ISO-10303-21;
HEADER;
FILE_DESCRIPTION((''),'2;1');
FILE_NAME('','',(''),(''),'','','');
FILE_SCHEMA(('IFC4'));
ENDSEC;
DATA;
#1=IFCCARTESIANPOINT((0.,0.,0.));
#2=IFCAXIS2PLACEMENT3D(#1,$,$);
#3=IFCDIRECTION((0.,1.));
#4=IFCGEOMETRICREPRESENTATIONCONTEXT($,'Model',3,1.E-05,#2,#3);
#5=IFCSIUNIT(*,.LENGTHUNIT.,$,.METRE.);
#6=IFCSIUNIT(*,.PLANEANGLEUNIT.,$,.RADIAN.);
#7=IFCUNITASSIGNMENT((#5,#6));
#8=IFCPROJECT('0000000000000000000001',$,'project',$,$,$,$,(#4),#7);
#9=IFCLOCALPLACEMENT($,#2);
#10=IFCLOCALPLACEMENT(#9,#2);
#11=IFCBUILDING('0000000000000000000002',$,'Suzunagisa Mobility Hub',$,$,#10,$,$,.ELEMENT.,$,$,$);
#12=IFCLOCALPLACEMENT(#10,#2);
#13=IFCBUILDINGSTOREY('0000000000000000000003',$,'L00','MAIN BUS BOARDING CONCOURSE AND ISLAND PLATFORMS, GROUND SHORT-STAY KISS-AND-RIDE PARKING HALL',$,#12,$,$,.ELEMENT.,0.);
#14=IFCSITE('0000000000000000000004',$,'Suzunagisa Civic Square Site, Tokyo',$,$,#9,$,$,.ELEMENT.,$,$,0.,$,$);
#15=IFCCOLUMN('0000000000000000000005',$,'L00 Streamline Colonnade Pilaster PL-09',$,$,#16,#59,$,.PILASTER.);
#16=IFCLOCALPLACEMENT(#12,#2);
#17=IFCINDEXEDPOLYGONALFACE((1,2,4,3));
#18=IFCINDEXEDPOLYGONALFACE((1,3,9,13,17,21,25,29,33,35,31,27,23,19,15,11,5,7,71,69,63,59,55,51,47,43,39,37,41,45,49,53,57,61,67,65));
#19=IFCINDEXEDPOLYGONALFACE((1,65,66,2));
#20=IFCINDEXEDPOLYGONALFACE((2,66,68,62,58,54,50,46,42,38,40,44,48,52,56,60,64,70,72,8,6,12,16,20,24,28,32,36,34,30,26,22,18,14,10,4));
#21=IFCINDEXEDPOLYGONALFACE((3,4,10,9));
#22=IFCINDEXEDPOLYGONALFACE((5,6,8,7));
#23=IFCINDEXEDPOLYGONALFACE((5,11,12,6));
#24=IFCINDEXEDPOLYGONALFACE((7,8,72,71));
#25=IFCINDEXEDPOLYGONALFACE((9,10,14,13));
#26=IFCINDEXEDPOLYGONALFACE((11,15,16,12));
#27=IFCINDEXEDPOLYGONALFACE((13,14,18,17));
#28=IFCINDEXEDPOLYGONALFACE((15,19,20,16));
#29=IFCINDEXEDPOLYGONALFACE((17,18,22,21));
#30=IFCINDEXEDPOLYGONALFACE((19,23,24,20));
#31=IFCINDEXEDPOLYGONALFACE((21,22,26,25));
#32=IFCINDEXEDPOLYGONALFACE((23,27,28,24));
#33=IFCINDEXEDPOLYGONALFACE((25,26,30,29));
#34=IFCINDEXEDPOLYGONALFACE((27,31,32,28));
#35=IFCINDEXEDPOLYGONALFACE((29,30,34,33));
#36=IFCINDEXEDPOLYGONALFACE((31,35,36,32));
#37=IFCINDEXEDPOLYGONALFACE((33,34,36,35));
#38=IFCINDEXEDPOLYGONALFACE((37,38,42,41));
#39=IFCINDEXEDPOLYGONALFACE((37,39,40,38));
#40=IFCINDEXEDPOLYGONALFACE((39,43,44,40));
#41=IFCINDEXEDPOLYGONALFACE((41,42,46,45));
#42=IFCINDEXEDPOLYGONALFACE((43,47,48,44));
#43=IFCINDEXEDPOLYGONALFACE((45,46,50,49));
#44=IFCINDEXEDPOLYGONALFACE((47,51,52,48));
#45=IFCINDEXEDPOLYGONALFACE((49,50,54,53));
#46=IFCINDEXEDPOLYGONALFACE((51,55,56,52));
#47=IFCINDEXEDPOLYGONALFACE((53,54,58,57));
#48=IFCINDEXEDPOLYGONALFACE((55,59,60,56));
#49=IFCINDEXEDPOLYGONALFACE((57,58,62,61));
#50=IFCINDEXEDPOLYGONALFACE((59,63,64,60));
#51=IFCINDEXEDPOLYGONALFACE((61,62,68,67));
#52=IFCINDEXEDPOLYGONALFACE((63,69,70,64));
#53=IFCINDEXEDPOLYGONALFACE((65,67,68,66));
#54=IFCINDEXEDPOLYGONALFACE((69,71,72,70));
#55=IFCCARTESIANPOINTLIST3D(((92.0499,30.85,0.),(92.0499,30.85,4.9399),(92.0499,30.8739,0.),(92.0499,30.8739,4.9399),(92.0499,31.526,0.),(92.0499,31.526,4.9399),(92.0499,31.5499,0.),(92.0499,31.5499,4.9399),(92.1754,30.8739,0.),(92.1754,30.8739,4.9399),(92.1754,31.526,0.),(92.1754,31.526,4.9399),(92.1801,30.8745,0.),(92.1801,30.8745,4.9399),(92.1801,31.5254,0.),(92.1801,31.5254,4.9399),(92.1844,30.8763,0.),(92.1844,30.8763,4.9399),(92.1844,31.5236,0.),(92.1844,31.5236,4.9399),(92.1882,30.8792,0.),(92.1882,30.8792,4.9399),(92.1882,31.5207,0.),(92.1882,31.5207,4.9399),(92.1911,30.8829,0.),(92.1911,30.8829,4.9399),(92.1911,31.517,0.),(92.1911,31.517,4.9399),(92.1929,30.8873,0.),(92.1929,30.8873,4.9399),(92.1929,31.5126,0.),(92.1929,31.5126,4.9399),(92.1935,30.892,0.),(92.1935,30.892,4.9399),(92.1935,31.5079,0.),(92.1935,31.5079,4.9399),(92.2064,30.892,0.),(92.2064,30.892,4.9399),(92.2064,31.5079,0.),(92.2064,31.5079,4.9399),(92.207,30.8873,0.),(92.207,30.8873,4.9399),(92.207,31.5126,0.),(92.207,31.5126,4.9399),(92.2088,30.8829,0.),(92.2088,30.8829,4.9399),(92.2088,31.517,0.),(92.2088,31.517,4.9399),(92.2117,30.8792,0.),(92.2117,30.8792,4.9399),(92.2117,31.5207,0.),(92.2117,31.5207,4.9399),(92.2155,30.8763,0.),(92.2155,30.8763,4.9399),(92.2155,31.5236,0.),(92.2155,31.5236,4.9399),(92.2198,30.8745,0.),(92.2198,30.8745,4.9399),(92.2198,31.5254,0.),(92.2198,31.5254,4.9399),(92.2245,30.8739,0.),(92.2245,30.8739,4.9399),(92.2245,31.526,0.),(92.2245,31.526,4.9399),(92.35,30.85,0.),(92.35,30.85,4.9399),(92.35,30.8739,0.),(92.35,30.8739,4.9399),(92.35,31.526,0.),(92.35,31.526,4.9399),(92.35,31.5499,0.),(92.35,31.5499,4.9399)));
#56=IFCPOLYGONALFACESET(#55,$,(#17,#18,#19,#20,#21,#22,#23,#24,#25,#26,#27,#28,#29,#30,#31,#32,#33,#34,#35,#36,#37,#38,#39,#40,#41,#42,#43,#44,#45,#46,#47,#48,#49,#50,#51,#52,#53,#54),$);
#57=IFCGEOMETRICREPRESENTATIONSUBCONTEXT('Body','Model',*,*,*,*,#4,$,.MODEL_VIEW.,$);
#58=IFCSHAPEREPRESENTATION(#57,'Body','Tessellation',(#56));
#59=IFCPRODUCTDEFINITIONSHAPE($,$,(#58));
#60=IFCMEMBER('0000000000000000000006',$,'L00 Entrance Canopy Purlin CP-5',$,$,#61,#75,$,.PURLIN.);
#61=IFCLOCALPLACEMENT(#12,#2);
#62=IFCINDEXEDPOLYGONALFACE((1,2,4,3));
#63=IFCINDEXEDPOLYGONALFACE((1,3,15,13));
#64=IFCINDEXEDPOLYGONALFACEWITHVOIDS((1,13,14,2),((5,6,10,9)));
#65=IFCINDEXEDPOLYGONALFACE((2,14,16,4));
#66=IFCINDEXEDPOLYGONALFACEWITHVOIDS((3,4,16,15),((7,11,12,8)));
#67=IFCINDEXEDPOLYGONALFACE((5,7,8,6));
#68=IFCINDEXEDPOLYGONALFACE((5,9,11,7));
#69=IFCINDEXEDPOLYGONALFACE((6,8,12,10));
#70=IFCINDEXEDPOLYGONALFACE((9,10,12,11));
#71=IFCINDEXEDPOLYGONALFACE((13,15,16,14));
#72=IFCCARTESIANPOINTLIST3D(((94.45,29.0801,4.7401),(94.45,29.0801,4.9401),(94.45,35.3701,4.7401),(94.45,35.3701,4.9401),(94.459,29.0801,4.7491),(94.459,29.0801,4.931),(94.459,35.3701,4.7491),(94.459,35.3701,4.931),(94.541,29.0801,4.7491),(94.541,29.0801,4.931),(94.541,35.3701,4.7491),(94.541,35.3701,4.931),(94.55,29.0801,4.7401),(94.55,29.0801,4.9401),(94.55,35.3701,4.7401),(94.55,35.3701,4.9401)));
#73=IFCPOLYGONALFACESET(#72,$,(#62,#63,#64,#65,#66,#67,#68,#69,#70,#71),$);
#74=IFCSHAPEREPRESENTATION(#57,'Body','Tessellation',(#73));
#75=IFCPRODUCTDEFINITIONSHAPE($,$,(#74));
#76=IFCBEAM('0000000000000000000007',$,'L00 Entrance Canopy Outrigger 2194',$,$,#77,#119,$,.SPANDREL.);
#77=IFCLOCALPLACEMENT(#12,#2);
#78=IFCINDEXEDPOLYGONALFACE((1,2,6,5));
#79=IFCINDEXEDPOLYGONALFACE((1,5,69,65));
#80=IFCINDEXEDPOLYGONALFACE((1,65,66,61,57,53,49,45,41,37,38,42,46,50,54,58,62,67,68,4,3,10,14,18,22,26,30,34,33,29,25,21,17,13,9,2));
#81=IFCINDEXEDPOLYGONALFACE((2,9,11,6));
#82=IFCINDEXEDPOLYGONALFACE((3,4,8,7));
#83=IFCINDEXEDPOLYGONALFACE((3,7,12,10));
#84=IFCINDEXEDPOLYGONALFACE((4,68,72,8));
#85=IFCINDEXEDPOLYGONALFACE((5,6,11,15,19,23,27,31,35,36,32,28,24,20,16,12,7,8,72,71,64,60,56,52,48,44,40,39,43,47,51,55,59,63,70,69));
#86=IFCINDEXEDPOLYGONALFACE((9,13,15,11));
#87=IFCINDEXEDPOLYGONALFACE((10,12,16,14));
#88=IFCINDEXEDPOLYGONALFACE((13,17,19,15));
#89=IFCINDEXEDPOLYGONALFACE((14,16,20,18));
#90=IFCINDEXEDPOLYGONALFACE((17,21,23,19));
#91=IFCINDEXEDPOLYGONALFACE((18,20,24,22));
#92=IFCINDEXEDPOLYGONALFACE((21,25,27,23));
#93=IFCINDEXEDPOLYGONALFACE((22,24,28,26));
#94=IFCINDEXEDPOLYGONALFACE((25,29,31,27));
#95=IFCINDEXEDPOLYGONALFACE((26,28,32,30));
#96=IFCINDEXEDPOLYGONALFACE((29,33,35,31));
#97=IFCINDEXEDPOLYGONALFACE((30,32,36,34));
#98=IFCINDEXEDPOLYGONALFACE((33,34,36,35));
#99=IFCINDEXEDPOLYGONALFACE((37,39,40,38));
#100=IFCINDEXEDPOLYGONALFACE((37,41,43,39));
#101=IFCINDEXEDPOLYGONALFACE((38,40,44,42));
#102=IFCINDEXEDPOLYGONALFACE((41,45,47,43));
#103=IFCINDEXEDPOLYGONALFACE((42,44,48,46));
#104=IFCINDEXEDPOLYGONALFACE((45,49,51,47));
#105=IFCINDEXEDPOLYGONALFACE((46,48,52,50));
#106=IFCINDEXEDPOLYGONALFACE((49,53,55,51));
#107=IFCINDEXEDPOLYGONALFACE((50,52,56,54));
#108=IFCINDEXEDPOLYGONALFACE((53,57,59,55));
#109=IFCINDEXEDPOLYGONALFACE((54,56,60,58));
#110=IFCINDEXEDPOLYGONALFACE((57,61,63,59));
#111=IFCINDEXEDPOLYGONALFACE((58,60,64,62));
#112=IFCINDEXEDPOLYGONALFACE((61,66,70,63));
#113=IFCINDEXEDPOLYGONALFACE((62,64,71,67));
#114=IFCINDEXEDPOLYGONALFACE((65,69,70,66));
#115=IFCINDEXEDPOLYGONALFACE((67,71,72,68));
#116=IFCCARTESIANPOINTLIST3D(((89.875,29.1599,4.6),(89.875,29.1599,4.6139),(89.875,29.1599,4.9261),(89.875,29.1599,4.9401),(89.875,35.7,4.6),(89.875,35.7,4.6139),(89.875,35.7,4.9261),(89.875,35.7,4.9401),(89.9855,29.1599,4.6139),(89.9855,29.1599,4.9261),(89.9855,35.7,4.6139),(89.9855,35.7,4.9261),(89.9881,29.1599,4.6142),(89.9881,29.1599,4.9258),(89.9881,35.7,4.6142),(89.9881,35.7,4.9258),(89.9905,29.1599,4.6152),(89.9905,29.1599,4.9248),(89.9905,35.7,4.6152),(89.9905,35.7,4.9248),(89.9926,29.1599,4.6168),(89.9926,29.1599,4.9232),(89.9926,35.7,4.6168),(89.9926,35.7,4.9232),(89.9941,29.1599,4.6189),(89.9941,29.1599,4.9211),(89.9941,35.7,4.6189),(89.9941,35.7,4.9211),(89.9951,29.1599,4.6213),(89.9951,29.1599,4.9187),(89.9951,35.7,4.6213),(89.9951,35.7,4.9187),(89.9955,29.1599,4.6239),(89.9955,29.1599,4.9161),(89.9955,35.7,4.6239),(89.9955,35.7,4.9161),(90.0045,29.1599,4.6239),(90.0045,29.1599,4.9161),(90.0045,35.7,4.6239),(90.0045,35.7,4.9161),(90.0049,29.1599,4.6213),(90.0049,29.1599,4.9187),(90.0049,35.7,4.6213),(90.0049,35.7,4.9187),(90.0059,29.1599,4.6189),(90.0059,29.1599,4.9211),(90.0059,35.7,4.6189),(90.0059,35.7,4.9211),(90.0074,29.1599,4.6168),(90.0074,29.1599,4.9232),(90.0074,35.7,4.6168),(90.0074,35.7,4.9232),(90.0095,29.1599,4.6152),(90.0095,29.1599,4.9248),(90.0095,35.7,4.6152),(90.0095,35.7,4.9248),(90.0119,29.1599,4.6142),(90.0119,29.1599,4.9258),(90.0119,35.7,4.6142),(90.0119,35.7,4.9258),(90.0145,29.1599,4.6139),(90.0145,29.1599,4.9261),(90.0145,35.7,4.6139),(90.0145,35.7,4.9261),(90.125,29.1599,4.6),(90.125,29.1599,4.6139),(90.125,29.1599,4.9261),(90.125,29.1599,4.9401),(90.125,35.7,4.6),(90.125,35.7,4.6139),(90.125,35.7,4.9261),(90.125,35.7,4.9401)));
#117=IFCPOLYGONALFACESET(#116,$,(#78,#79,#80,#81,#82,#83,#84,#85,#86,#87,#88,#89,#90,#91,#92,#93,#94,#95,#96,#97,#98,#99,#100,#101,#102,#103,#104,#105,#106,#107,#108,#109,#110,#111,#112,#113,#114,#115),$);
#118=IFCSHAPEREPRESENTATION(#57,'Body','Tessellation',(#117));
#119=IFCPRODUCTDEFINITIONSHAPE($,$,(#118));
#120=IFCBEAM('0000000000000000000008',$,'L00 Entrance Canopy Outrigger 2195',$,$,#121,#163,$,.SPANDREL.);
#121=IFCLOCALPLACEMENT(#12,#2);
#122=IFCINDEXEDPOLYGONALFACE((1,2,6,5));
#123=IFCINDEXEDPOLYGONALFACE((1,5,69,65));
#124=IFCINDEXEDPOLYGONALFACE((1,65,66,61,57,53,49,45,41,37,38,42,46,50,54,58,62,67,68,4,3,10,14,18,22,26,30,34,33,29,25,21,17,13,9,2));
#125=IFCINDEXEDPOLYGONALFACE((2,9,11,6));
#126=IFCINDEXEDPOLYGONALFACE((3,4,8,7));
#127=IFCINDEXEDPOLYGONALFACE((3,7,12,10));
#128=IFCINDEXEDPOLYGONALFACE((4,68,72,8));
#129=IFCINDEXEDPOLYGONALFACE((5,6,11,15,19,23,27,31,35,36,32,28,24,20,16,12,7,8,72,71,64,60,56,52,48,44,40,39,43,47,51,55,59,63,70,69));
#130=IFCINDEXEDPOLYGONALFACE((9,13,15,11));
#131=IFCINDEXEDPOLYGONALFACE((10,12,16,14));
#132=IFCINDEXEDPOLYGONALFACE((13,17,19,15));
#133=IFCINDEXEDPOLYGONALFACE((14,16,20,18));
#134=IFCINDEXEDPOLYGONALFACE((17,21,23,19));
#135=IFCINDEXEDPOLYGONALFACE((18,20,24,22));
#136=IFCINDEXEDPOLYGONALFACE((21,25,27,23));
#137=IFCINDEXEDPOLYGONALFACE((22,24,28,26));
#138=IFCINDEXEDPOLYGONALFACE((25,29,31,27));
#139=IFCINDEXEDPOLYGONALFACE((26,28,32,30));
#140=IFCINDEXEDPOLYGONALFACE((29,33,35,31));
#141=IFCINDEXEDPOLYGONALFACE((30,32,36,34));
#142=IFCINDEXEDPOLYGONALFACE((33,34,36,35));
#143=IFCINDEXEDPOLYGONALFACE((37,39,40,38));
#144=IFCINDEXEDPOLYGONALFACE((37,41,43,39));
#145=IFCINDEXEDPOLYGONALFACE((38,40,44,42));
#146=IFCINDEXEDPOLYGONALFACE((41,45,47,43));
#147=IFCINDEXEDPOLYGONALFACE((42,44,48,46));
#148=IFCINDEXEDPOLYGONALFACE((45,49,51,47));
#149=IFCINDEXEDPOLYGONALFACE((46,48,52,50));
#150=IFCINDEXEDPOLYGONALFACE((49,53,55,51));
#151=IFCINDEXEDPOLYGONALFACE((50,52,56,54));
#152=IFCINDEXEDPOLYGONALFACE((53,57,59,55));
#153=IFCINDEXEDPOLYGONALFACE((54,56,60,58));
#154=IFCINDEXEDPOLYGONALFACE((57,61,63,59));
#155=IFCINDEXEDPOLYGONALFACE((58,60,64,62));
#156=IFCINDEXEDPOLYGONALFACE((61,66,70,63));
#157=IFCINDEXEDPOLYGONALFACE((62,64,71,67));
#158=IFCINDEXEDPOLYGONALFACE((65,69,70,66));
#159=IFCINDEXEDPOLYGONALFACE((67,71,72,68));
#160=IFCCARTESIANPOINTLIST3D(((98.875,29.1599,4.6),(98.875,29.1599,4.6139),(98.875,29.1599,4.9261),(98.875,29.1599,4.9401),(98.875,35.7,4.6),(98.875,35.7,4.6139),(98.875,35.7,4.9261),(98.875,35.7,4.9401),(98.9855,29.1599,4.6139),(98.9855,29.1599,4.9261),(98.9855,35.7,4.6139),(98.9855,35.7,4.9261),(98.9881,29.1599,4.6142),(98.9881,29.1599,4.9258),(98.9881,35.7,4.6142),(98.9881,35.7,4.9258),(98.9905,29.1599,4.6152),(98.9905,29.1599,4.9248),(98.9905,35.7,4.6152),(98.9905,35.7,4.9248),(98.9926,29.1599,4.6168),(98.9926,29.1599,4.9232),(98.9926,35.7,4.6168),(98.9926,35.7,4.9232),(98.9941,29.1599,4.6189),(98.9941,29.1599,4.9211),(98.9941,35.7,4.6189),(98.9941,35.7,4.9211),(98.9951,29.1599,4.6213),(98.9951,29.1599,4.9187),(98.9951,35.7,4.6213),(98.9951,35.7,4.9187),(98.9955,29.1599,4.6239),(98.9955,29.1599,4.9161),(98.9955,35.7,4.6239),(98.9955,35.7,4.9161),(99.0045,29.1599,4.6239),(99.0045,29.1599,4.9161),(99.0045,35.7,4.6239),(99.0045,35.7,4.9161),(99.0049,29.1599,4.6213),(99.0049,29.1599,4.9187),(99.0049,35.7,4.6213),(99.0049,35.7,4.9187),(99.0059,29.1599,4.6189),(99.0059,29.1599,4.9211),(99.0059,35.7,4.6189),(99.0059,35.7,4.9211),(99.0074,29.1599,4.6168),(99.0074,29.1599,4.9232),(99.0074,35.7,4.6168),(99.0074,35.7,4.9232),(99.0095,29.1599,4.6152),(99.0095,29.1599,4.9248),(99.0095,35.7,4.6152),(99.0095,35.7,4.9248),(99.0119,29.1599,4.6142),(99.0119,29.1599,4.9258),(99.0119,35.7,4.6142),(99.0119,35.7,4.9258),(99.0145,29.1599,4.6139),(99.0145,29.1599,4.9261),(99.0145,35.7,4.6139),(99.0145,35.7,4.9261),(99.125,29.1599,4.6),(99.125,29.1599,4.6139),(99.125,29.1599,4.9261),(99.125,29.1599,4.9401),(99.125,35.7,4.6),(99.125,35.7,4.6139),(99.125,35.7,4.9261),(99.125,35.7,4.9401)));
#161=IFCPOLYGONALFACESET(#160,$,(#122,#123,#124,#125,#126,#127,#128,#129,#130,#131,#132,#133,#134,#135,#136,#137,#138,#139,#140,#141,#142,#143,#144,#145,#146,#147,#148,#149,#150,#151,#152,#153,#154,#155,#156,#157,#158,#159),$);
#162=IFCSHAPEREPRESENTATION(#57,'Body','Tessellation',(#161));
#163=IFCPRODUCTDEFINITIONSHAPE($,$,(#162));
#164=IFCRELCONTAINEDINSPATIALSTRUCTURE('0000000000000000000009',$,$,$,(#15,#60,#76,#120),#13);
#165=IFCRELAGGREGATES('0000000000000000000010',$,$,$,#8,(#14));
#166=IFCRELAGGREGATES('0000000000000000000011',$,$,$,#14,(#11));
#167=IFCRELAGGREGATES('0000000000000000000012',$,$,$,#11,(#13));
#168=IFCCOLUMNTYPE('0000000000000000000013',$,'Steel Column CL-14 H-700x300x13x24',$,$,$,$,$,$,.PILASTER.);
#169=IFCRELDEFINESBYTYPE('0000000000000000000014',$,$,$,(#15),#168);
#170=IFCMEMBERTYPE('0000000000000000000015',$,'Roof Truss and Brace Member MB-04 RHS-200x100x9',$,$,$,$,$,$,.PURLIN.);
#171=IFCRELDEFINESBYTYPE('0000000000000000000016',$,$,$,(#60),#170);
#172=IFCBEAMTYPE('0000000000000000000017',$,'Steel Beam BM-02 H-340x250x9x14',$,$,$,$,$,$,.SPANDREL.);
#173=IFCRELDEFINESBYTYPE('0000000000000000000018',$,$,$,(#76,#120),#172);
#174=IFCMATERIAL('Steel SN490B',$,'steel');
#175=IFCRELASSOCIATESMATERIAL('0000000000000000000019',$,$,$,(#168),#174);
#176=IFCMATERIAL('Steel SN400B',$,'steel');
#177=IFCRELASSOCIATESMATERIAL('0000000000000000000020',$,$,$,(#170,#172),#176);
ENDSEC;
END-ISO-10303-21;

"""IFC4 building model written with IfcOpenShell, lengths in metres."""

from ifc_helpers import new_model, si_unit, direction, frame, origin, origin_2d, place, context, subcontext, project, spatial, hollow_rectangle, i_section, extrude, material, material_profile, profile_set, type_object, element, save


model = new_model("IFC4")

# Units and contexts
model_context = context("Model", 3, precision=1e-05, world=origin(), true_north=direction((0.0, 1.0)))
body_context = subcontext(model_context, "Body", "Model", "MODEL_VIEW")
ifc_project = project(units=[si_unit("LENGTHUNIT", "METRE"), si_unit("PLANEANGLEUNIT", "RADIAN")], contexts=[model_context])

# Site, building, storey
site_placement = place(None, origin())
site = spatial("IfcSite", under=ifc_project, at=site_placement, Name="Suzunagisa Civic Square Site, Tokyo", CompositionType="ELEMENT", RefElevation=0.0)
building_placement = place(site_placement, origin())
building = spatial("IfcBuilding", under=site, at=building_placement, Name="Suzunagisa Mobility Hub", CompositionType="ELEMENT")
storey_placement = place(building_placement, origin())
storey = spatial("IfcBuildingStorey", under=building, at=storey_placement, Name="L00", Description="MAIN BUS BOARDING CONCOURSE AND ISLAND PLATFORMS, GROUND SHORT-STAY KISS-AND-RIDE PARKING HALL", CompositionType="ELEMENT", Elevation=0.0)

# Column
ifc_material_1 = material(Name="Steel SN490B", Category="steel")
ifc_material_profile_1 = material_profile(ifc_material_1, i_section(OverallWidth=0.3, OverallDepth=0.7, WebThickness=0.0129, FlangeThickness=0.0239, FilletRadius=0.0181, at=origin_2d()), Name="H-700x300x13x24")
ifc_profile_set_1 = profile_set([ifc_material_profile_1], Name="Steel SN490B")
column_type_1 = type_object("IfcColumnType", Name="Steel Column CL-14 H-700x300x13x24", PredefinedType="PILASTER", material=ifc_profile_set_1)
column_1_placement = place(storey_placement, frame((92.2, 31.2, 0.0), z_axis=(0.0, 0.0, 1.0), x_axis=(1.0, 0.0, 0.0)))
element("IfcColumn", 1, at=column_1_placement, inside=storey, type_object=column_type_1, Name="L00 Streamline Colonnade Pilaster PL-09", PredefinedType="PILASTER", context=body_context, shape_type="SweptSolid", body=[
    extrude(i_section(OverallWidth=0.3, OverallDepth=0.7, WebThickness=0.0129, FlangeThickness=0.0239, FilletRadius=0.0181, at=origin_2d()), origin(), (0.0, 0.0, 1.0), 4.9399),
])

# Member
ifc_material_2 = material(Name="Steel SN400B", Category="steel")
ifc_material_profile_2 = material_profile(ifc_material_2, hollow_rectangle(XDim=0.1001, YDim=0.2, WallThickness=0.009, at=origin_2d()), Name="RHS-200x100x9")
ifc_profile_set_2 = profile_set([ifc_material_profile_2], Name="Steel SN400B")
member_type = type_object("IfcMemberType", Name="Roof Truss and Brace Member MB-04 RHS-200x100x9", PredefinedType="PURLIN", material=ifc_profile_set_2)
member_placement = place(storey_placement, frame((94.5, 29.0801, 4.8401), z_axis=(0.0, 1.0, 0.0), x_axis=(-1.0, 0.0, 0.0)))
element("IfcMember", 2, at=member_placement, inside=storey, type_object=member_type, Name="L00 Entrance Canopy Purlin CP-5", PredefinedType="PURLIN", context=body_context, shape_type="SweptSolid", body=[
    extrude(hollow_rectangle(XDim=0.1001, YDim=0.2, WallThickness=0.009, at=origin_2d()), origin(), (0.0, 0.0, 1.0), 6.29),
])

# Beams
ifc_material_profile_3 = material_profile(ifc_material_2, i_section(OverallWidth=0.25, OverallDepth=0.3401, WebThickness=0.009, FlangeThickness=0.0139, FilletRadius=0.01, at=origin_2d()), Name="H-340x250x9x14")
ifc_profile_set_3 = profile_set([ifc_material_profile_3], Name="Steel SN400B")
beam_type_1 = type_object("IfcBeamType", Name="Steel Beam BM-02 H-340x250x9x14", PredefinedType="SPANDREL", material=ifc_profile_set_3)
for number, where, z_axis, x_axis, name in (
    (3, (90.0, 29.1599, 4.77), (0.0, 1.0, 0.0), (-1.0, 0.0, 0.0), "L00 Entrance Canopy Outrigger 2194"),
    (4, (99.0, 29.1599, 4.77), (0.0, 1.0, 0.0), (-1.0, 0.0, 0.0), "L00 Entrance Canopy Outrigger 2195"),
):
    element("IfcBeam", number, at=place(storey_placement, frame(where, z_axis=z_axis, x_axis=x_axis)), inside=storey, type_object=beam_type_1, Name=name, PredefinedType="SPANDREL", context=body_context, shape_type="SweptSolid", body=[
        extrude(i_section(OverallWidth=0.25, OverallDepth=0.3401, WebThickness=0.009, FlangeThickness=0.0139, FilletRadius=0.01, at=origin_2d()), origin(), (0.0, 0.0, 1.0), 6.54),
    ])

save(model, "model.ifc")
